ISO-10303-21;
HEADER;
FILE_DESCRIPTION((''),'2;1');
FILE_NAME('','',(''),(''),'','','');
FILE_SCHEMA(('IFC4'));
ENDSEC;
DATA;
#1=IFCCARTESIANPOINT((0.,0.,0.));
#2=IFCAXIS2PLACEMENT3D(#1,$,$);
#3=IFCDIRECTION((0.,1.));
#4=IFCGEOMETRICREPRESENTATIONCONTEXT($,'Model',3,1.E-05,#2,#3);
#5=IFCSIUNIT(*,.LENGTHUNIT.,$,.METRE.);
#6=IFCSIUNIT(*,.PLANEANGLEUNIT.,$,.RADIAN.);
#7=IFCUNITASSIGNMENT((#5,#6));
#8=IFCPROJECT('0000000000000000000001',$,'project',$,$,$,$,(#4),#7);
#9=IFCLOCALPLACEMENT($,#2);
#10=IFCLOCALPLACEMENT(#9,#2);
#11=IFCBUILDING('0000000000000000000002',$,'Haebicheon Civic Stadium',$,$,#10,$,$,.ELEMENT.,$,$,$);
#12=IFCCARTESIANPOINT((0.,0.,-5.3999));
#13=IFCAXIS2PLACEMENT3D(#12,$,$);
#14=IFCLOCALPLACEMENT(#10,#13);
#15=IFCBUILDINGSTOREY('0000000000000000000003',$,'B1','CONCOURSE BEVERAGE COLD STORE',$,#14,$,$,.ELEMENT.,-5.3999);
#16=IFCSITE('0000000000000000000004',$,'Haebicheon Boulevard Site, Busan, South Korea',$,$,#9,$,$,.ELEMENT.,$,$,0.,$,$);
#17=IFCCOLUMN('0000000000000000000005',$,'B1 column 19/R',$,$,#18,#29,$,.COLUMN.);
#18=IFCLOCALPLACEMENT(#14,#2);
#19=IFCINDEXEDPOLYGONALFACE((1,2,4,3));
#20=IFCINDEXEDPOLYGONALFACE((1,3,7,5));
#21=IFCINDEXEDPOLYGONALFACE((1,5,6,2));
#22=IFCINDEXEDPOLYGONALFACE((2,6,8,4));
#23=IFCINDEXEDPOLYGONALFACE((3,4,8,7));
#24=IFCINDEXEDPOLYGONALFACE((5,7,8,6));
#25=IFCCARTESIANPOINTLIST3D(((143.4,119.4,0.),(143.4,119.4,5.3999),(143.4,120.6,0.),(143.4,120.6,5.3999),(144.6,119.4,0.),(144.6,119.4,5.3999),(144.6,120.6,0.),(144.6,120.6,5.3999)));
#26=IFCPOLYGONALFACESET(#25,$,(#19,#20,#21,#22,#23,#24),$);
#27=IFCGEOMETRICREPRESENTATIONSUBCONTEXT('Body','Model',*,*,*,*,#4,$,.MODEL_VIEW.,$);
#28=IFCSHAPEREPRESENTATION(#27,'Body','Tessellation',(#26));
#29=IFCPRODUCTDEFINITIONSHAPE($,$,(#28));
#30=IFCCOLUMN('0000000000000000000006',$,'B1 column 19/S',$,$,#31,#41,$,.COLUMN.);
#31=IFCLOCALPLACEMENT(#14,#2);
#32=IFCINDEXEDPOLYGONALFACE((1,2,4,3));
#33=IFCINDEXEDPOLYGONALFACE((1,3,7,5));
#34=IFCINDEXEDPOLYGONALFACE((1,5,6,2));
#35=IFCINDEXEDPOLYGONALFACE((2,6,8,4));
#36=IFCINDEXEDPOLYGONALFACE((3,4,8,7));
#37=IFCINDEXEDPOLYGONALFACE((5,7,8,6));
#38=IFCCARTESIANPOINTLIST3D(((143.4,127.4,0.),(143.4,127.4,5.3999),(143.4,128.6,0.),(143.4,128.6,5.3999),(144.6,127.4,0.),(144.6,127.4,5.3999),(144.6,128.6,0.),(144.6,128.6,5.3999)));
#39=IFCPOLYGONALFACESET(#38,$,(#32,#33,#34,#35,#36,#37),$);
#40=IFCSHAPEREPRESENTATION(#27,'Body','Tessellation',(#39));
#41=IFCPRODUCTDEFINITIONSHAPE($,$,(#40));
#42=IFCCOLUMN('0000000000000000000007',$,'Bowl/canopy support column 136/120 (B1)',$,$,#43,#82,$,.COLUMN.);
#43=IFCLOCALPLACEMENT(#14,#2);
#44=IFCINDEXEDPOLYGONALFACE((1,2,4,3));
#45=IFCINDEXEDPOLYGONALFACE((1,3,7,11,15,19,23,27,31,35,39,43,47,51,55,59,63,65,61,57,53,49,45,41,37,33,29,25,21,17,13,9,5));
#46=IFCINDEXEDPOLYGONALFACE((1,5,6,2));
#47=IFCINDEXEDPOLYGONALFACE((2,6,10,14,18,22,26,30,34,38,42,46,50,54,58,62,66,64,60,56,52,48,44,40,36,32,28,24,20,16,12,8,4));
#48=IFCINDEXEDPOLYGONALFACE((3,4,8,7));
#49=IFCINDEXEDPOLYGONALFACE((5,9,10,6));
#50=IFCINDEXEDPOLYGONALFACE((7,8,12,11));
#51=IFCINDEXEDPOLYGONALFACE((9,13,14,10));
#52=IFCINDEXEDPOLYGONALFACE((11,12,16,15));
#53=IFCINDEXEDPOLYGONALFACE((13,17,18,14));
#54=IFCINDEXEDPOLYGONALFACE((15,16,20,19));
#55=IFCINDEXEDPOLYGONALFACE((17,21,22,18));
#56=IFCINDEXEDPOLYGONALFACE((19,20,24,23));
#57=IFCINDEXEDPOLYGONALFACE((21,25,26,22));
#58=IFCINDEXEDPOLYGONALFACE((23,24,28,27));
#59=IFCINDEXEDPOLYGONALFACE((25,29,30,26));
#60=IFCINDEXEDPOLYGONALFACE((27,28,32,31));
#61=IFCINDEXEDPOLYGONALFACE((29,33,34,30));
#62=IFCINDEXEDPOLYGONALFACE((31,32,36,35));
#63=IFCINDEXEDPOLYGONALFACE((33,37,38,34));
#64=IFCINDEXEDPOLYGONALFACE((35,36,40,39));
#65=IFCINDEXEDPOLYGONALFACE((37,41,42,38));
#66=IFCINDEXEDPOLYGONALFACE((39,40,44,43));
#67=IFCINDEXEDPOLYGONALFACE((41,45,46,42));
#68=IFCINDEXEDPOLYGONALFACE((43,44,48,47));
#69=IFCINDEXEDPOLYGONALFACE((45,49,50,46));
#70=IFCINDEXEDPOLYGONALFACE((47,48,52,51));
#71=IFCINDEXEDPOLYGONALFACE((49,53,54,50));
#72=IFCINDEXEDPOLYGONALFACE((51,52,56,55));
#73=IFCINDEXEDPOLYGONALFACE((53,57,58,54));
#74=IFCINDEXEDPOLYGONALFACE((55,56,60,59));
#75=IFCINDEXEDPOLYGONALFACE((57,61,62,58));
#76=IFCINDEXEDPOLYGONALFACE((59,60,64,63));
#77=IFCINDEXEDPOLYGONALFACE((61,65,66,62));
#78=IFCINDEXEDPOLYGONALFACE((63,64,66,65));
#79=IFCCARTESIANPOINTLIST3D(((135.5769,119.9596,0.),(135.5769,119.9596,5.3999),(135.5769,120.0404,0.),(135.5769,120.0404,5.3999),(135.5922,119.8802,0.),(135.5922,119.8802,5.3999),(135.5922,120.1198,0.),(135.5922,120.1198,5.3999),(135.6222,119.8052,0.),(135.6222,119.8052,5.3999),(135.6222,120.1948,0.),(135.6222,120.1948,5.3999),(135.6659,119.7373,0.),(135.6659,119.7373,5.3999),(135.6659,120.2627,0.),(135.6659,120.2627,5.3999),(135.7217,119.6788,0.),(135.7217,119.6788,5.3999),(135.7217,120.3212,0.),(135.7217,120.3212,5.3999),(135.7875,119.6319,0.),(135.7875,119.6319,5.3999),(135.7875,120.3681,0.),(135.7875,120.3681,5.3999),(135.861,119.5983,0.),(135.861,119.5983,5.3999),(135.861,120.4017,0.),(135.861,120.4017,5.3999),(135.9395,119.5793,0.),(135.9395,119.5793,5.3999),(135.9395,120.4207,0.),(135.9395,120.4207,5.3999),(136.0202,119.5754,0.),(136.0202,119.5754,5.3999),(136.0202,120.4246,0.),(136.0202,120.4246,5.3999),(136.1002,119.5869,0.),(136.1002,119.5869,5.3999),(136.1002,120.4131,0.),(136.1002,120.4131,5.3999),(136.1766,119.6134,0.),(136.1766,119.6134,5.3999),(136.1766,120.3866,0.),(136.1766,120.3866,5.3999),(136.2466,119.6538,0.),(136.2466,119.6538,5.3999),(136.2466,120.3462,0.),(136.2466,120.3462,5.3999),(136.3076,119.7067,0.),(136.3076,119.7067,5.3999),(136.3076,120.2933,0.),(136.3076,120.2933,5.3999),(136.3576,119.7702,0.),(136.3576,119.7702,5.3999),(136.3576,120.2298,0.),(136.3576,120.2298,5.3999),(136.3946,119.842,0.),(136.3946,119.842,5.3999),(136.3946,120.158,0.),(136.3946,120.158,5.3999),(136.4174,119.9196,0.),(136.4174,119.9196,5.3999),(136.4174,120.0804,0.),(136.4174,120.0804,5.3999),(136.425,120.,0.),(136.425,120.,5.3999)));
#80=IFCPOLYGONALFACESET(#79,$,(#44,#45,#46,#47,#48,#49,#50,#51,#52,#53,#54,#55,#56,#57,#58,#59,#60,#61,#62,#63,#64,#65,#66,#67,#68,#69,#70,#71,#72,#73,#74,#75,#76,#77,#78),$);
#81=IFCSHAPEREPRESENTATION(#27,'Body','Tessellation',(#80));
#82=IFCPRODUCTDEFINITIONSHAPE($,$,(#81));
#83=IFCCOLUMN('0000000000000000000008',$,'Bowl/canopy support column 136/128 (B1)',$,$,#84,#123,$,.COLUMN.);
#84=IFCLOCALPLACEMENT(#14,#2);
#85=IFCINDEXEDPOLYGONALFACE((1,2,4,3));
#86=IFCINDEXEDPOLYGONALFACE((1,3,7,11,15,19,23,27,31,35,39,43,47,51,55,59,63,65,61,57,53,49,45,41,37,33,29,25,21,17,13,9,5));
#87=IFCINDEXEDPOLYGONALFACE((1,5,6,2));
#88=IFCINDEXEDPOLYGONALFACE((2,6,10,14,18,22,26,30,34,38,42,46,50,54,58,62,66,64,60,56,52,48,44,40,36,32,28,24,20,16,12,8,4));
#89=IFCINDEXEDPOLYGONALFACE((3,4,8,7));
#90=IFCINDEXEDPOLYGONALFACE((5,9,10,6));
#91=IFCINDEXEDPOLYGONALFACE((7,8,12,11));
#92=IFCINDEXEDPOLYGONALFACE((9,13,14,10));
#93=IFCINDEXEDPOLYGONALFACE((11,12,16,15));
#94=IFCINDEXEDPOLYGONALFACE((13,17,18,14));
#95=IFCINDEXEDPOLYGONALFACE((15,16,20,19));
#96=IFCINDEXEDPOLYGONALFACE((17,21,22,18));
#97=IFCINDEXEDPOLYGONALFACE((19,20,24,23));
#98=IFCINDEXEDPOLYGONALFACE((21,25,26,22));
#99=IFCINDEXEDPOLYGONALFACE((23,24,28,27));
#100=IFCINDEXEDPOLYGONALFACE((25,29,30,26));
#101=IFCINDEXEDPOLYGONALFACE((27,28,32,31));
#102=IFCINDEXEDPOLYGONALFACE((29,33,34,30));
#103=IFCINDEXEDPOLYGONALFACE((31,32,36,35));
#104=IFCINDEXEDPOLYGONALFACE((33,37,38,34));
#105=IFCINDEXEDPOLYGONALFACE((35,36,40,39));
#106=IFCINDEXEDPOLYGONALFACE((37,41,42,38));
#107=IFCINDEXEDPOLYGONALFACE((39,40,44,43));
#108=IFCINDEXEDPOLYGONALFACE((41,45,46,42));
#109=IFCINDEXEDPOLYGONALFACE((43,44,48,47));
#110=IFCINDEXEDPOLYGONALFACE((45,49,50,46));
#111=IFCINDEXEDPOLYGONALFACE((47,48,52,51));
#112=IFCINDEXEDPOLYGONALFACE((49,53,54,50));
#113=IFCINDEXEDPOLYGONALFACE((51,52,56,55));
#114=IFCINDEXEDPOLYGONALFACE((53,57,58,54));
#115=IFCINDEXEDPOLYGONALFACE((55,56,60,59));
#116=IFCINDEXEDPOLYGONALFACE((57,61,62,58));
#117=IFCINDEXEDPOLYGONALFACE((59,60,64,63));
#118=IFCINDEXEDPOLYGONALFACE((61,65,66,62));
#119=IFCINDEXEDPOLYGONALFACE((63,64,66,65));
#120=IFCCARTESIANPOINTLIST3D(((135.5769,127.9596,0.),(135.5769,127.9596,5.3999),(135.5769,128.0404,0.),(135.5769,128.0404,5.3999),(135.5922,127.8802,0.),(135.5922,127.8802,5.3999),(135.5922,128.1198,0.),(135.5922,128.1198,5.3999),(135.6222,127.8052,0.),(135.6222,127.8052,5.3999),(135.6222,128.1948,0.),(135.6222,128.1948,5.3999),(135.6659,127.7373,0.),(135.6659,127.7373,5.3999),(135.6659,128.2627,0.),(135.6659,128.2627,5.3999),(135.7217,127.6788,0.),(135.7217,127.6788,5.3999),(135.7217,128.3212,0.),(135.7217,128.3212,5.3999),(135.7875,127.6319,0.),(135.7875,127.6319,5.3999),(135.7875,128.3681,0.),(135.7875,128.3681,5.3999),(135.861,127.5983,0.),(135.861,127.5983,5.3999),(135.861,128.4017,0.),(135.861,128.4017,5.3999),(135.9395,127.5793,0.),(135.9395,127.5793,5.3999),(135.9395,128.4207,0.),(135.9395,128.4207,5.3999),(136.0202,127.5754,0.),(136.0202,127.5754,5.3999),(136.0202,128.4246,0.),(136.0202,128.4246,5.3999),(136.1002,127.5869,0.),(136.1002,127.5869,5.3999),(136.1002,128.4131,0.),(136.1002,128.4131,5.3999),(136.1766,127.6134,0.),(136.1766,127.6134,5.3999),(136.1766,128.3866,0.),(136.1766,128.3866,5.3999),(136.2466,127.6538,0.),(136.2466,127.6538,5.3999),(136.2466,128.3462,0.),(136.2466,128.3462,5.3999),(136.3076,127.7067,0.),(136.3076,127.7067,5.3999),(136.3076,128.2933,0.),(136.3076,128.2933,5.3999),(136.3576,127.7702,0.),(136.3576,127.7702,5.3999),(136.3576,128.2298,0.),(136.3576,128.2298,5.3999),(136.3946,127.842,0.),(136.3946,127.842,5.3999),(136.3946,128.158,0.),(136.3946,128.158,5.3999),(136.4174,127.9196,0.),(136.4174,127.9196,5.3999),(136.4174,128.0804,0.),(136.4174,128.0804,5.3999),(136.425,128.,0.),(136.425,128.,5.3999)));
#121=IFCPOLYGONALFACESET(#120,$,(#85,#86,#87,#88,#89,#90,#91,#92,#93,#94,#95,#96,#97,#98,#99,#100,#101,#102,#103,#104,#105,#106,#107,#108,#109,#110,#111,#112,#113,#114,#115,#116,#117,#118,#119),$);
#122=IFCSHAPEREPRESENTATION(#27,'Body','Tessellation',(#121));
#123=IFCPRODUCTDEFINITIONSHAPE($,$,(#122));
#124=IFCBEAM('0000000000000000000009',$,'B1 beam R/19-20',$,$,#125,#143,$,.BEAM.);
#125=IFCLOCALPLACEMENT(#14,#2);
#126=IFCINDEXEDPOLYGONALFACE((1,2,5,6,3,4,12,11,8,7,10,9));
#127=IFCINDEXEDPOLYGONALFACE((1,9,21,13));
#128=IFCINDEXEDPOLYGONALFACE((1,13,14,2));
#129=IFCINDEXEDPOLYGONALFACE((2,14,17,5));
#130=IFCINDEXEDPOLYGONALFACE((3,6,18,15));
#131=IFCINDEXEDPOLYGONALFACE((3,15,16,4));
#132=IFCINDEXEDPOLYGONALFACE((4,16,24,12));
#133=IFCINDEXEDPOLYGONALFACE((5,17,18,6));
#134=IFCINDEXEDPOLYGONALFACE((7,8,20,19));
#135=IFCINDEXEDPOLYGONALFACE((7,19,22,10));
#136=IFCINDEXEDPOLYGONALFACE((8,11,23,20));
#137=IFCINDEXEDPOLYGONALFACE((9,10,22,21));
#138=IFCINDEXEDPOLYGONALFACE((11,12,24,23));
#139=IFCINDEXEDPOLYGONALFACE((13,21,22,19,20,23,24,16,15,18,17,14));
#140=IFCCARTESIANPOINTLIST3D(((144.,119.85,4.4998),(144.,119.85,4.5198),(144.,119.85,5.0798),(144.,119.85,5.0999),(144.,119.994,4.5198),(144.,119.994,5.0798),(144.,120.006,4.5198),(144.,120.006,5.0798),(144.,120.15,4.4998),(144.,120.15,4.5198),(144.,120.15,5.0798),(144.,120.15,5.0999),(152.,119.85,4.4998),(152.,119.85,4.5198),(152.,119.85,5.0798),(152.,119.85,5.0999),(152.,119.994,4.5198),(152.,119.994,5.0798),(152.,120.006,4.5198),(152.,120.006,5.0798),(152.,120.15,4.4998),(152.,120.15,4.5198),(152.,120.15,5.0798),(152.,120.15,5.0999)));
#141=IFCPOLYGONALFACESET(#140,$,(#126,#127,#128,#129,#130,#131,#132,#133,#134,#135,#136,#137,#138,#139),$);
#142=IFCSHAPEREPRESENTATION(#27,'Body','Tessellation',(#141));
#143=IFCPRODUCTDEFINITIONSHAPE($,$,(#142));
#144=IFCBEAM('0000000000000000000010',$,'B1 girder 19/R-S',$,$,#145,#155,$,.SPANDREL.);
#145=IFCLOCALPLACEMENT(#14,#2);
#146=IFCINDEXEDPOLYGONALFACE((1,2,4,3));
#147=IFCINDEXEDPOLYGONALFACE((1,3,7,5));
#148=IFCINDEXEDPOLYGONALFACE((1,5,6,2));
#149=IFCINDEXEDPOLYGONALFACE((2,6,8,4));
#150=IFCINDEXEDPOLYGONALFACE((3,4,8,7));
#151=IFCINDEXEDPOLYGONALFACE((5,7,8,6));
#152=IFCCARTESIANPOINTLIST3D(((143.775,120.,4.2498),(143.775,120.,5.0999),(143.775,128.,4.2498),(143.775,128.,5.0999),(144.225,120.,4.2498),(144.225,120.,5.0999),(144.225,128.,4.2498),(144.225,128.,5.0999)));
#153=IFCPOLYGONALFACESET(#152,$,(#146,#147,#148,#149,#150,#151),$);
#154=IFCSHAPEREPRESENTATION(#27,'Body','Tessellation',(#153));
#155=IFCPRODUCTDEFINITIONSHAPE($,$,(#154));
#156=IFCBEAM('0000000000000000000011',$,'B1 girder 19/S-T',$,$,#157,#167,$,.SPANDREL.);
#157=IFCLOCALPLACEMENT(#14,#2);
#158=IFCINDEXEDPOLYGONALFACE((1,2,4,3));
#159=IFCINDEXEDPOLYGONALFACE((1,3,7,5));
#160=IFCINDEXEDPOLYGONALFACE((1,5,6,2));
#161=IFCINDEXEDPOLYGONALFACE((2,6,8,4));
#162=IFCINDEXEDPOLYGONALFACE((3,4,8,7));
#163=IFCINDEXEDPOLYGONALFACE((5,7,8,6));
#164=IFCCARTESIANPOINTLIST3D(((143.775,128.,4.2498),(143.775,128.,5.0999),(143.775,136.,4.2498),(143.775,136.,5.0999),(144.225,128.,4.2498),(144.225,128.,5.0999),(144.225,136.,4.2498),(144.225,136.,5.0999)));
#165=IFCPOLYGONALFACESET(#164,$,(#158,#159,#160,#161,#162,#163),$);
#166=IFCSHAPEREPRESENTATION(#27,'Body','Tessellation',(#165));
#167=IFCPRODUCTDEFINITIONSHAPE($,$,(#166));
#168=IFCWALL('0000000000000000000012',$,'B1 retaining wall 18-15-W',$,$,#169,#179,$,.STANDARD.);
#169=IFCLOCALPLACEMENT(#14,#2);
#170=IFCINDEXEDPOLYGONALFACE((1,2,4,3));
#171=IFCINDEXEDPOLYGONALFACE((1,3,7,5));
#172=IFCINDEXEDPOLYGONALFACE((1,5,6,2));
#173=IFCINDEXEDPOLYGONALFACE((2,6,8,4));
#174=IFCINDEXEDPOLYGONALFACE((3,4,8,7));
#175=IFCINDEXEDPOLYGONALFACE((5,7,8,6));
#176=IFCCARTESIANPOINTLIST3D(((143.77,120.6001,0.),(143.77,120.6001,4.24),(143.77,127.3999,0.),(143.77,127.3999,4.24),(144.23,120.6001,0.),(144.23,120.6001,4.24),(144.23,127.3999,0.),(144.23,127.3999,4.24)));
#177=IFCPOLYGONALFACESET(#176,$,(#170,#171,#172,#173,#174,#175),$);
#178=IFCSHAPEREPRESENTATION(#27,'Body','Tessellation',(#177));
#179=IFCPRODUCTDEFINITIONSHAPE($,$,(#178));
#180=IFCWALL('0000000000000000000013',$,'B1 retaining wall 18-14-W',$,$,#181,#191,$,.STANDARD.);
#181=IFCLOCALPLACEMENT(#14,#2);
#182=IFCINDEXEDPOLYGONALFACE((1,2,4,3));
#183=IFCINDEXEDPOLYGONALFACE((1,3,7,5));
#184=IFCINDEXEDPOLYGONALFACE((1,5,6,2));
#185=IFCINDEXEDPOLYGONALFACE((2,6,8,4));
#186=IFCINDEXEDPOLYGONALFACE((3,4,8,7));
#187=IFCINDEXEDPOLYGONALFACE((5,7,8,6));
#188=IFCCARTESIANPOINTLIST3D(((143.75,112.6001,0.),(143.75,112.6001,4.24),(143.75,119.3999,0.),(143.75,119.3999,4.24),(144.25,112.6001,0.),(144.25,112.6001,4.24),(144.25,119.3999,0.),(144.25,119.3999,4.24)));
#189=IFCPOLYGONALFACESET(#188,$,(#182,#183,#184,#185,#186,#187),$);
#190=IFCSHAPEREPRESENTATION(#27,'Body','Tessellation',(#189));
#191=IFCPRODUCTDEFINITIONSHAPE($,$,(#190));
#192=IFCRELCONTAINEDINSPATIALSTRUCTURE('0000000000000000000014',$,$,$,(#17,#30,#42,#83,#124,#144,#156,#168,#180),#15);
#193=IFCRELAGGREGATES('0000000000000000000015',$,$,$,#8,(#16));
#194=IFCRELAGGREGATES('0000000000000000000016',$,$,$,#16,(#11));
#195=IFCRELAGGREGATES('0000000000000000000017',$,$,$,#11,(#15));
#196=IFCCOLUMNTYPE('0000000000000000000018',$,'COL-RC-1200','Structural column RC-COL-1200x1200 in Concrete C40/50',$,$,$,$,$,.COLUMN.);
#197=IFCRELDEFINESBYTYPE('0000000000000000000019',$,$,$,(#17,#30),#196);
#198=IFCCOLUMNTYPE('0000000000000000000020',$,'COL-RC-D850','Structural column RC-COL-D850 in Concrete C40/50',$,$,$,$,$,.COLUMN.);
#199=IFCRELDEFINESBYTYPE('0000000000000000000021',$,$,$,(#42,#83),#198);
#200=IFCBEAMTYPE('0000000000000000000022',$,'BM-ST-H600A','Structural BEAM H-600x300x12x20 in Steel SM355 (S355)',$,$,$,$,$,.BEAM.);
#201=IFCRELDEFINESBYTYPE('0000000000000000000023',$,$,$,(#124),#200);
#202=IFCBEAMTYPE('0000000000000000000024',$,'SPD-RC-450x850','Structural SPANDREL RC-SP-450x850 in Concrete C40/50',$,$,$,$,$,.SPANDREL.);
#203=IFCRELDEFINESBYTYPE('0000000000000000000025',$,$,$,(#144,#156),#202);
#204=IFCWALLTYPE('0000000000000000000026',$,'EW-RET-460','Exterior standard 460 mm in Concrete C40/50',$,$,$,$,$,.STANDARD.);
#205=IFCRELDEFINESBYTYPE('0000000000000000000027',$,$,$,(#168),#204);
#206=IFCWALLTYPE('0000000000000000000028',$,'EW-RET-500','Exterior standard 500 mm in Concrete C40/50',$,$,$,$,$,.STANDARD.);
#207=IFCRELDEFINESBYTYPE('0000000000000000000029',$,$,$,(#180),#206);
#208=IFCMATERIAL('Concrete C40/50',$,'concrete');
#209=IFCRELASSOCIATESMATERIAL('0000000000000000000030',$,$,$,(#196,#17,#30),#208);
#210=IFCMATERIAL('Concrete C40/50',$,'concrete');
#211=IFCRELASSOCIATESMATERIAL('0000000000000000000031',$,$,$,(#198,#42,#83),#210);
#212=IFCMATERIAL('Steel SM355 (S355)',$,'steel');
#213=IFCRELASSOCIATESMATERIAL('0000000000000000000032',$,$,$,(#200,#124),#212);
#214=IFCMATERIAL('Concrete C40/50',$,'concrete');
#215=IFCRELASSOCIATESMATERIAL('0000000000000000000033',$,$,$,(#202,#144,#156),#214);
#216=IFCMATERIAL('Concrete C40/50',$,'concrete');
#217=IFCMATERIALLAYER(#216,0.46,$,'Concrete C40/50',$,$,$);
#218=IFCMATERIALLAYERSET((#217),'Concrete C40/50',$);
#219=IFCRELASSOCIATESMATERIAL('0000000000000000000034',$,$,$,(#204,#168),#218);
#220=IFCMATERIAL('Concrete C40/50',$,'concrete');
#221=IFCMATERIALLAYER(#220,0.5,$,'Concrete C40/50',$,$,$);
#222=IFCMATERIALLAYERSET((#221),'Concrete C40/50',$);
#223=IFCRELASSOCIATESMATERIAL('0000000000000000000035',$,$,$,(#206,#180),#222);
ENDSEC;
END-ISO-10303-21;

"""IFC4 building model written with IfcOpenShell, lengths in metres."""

from ifc_helpers import new_model, si_unit, direction, frame, frame_2d, origin, origin_2d, place, context, subcontext, project, spatial, rectangle, circle, i_section, extrude, material, layer, layer_set, material_profile, profile_set, type_object, element, save


model = new_model("IFC4")

# Units and contexts
model_context = context("Model", 3, precision=1e-05, world=origin(), true_north=direction((0.0, 1.0)))
body_context = subcontext(model_context, "Body", "Model", "MODEL_VIEW")
ifc_project = project(units=[si_unit("LENGTHUNIT", "METRE"), si_unit("PLANEANGLEUNIT", "RADIAN")], contexts=[model_context])

# Site, building, storey
site_placement = place(None, origin())
site = spatial("IfcSite", under=ifc_project, at=site_placement, Name="Haebicheon Boulevard Site, Busan, South Korea", CompositionType="ELEMENT", RefElevation=0.0)
building_placement = place(site_placement, origin())
building = spatial("IfcBuilding", under=site, at=building_placement, Name="Haebicheon Civic Stadium", CompositionType="ELEMENT")
storey_placement = place(building_placement, frame((0.0, 0.0, -5.3999)))
storey = spatial("IfcBuildingStorey", under=building, at=storey_placement, Name="B1", Description="CONCOURSE BEVERAGE COLD STORE", CompositionType="ELEMENT", Elevation=-5.3999)

# Columns
ifc_material_1 = material(Name="Concrete C40/50", Category="concrete")
ifc_material_profile_1 = material_profile(ifc_material_1, rectangle(XDim=1.2, YDim=1.2, at=origin_2d()), Name="RC-COL-1200x1200")
ifc_profile_set_1 = profile_set([ifc_material_profile_1], Name="Concrete C40/50")
column_type_1 = type_object("IfcColumnType", Name="COL-RC-1200", Description="Structural column RC-COL-1200x1200 in Concrete C40/50", PredefinedType="COLUMN", material=ifc_profile_set_1)
for number, where, z_axis, x_axis, name in (
    (1, (144.0, 120.0, 0.0), (0.0, 0.0, 1.0), (1.0, 0.0, 0.0), "B1 column 19/R"),
    (2, (144.0, 128.0, 0.0), (0.0, 0.0, 1.0), (1.0, 0.0, 0.0), "B1 column 19/S"),
):
    element("IfcColumn", number, at=place(storey_placement, frame(where, z_axis=z_axis, x_axis=x_axis)), inside=storey, type_object=column_type_1, material=ifc_profile_set_1, Name=name, PredefinedType="COLUMN", context=body_context, shape_type="SweptSolid", body=[
        extrude(rectangle(XDim=1.2, YDim=1.2, at=origin_2d()), origin(), (0.0, 0.0, 1.0), 5.3999),
    ])
ifc_material_2 = material(Name="Concrete C40/50", Category="concrete")
ifc_material_profile_2 = material_profile(ifc_material_2, circle(Radius=0.425, at=origin_2d()), Name="RC-COL-D850")
ifc_profile_set_2 = profile_set([ifc_material_profile_2], Name="Concrete C40/50")
column_type_2 = type_object("IfcColumnType", Name="COL-RC-D850", Description="Structural column RC-COL-D850 in Concrete C40/50", PredefinedType="COLUMN", material=ifc_profile_set_2)
for number, where, z_axis, x_axis, name in (
    (3, (136.0, 120.0, 0.0), (0.0, 0.0, 1.0), (1.0, 0.0, 0.0), "Bowl/canopy support column 136/120 (B1)"),
    (4, (136.0, 128.0, 0.0), (0.0, 0.0, 1.0), (1.0, 0.0, 0.0), "Bowl/canopy support column 136/128 (B1)"),
):
    element("IfcColumn", number, at=place(storey_placement, frame(where, z_axis=z_axis, x_axis=x_axis)), inside=storey, type_object=column_type_2, material=ifc_profile_set_2, Name=name, PredefinedType="COLUMN", context=body_context, shape_type="SweptSolid", body=[
        extrude(circle(Radius=0.425, at=origin_2d()), origin(), (0.0, 0.0, 1.0), 5.3999),
    ])

# Beams
ifc_material_3 = material(Name="Steel SM355 (S355)", Category="steel")
ifc_material_profile_3 = material_profile(ifc_material_3, i_section(OverallWidth=0.3, OverallDepth=0.6001, WebThickness=0.012, FlangeThickness=0.02, at=origin_2d()), Name="H-600x300x12x20")
ifc_profile_set_3 = profile_set([ifc_material_profile_3], Name="Steel SM355 (S355)")
beam_type_1 = type_object("IfcBeamType", Name="BM-ST-H600A", Description="Structural BEAM H-600x300x12x20 in Steel SM355 (S355)", PredefinedType="BEAM", material=ifc_profile_set_3)
beam_placement = place(storey_placement, frame((144.0, 120.0, 4.7998), z_axis=(1.0, 0.0, 0.0), x_axis=(0.0, 1.0, 0.0)))
element("IfcBeam", 5, at=beam_placement, inside=storey, type_object=beam_type_1, material=ifc_profile_set_3, Name="B1 beam R/19-20", PredefinedType="BEAM", context=body_context, shape_type="SweptSolid", body=[
    extrude(i_section(OverallWidth=0.3, OverallDepth=0.6001, WebThickness=0.012, FlangeThickness=0.02, at=origin_2d()), origin(), (0.0, 0.0, 1.0), 8.0),
])
ifc_material_4 = material(Name="Concrete C40/50", Category="concrete")
ifc_material_profile_4 = material_profile(ifc_material_4, rectangle(XDim=0.45, YDim=0.8501, at=origin_2d()), Name="RC-SP-450x850")
ifc_profile_set_4 = profile_set([ifc_material_profile_4], Name="Concrete C40/50")
beam_type_2 = type_object("IfcBeamType", Name="SPD-RC-450x850", Description="Structural SPANDREL RC-SP-450x850 in Concrete C40/50", PredefinedType="SPANDREL", material=ifc_profile_set_4)
for number, where, z_axis, x_axis, name in (
    (6, (144.0, 120.0, 4.6748), (0.0, 1.0, 0.0), (-1.0, 0.0, 0.0), "B1 girder 19/R-S"),
    (7, (144.0, 128.0, 4.6748), (0.0, 1.0, 0.0), (-1.0, 0.0, 0.0), "B1 girder 19/S-T"),
):
    element("IfcBeam", number, at=place(storey_placement, frame(where, z_axis=z_axis, x_axis=x_axis)), inside=storey, type_object=beam_type_2, material=ifc_profile_set_4, Name=name, PredefinedType="SPANDREL", context=body_context, shape_type="SweptSolid", body=[
        extrude(rectangle(XDim=0.45, YDim=0.8501, at=origin_2d()), origin(), (0.0, 0.0, 1.0), 8.0),
    ])

# Walls
ifc_material_5 = material(Name="Concrete C40/50", Category="concrete")
ifc_layer_1 = layer(ifc_material_5, 0.46, Name="Concrete C40/50")
ifc_layer_set_1 = layer_set([ifc_layer_1], Name="Concrete C40/50")
wall_type_1 = type_object("IfcWallType", Name="EW-RET-460", Description="Exterior standard 460 mm in Concrete C40/50", PredefinedType="STANDARD", material=ifc_layer_set_1)
wall_1_placement = place(storey_placement, frame((144.0, 120.6001, 0.0), z_axis=(0.0, 0.0, 1.0), x_axis=(0.0, 1.0, 0.0)))
element("IfcWall", 8, at=wall_1_placement, inside=storey, type_object=wall_type_1, material=ifc_layer_set_1, Name="B1 retaining wall 18-15-W", PredefinedType="STANDARD", context=body_context, shape_type="SweptSolid", body=[
    extrude(rectangle(XDim=6.7998, YDim=0.46, at=frame_2d((3.3999, 0.0))), origin(), (0.0, 0.0, 1.0), 4.24),
])
ifc_material_6 = material(Name="Concrete C40/50", Category="concrete")
ifc_layer_2 = layer(ifc_material_6, 0.5, Name="Concrete C40/50")
ifc_layer_set_2 = layer_set([ifc_layer_2], Name="Concrete C40/50")
wall_type_2 = type_object("IfcWallType", Name="EW-RET-500", Description="Exterior standard 500 mm in Concrete C40/50", PredefinedType="STANDARD", material=ifc_layer_set_2)
wall_2_placement = place(storey_placement, frame((144.0, 112.6001, 0.0), z_axis=(0.0, 0.0, 1.0), x_axis=(0.0, 1.0, 0.0)))
element("IfcWall", 9, at=wall_2_placement, inside=storey, type_object=wall_type_2, material=ifc_layer_set_2, Name="B1 retaining wall 18-14-W", PredefinedType="STANDARD", context=body_context, shape_type="SweptSolid", body=[
    extrude(rectangle(XDim=6.7998, YDim=0.5, at=frame_2d((3.3999, 0.0))), origin(), (0.0, 0.0, 1.0), 4.24),
])

save(model, "model.ifc")
